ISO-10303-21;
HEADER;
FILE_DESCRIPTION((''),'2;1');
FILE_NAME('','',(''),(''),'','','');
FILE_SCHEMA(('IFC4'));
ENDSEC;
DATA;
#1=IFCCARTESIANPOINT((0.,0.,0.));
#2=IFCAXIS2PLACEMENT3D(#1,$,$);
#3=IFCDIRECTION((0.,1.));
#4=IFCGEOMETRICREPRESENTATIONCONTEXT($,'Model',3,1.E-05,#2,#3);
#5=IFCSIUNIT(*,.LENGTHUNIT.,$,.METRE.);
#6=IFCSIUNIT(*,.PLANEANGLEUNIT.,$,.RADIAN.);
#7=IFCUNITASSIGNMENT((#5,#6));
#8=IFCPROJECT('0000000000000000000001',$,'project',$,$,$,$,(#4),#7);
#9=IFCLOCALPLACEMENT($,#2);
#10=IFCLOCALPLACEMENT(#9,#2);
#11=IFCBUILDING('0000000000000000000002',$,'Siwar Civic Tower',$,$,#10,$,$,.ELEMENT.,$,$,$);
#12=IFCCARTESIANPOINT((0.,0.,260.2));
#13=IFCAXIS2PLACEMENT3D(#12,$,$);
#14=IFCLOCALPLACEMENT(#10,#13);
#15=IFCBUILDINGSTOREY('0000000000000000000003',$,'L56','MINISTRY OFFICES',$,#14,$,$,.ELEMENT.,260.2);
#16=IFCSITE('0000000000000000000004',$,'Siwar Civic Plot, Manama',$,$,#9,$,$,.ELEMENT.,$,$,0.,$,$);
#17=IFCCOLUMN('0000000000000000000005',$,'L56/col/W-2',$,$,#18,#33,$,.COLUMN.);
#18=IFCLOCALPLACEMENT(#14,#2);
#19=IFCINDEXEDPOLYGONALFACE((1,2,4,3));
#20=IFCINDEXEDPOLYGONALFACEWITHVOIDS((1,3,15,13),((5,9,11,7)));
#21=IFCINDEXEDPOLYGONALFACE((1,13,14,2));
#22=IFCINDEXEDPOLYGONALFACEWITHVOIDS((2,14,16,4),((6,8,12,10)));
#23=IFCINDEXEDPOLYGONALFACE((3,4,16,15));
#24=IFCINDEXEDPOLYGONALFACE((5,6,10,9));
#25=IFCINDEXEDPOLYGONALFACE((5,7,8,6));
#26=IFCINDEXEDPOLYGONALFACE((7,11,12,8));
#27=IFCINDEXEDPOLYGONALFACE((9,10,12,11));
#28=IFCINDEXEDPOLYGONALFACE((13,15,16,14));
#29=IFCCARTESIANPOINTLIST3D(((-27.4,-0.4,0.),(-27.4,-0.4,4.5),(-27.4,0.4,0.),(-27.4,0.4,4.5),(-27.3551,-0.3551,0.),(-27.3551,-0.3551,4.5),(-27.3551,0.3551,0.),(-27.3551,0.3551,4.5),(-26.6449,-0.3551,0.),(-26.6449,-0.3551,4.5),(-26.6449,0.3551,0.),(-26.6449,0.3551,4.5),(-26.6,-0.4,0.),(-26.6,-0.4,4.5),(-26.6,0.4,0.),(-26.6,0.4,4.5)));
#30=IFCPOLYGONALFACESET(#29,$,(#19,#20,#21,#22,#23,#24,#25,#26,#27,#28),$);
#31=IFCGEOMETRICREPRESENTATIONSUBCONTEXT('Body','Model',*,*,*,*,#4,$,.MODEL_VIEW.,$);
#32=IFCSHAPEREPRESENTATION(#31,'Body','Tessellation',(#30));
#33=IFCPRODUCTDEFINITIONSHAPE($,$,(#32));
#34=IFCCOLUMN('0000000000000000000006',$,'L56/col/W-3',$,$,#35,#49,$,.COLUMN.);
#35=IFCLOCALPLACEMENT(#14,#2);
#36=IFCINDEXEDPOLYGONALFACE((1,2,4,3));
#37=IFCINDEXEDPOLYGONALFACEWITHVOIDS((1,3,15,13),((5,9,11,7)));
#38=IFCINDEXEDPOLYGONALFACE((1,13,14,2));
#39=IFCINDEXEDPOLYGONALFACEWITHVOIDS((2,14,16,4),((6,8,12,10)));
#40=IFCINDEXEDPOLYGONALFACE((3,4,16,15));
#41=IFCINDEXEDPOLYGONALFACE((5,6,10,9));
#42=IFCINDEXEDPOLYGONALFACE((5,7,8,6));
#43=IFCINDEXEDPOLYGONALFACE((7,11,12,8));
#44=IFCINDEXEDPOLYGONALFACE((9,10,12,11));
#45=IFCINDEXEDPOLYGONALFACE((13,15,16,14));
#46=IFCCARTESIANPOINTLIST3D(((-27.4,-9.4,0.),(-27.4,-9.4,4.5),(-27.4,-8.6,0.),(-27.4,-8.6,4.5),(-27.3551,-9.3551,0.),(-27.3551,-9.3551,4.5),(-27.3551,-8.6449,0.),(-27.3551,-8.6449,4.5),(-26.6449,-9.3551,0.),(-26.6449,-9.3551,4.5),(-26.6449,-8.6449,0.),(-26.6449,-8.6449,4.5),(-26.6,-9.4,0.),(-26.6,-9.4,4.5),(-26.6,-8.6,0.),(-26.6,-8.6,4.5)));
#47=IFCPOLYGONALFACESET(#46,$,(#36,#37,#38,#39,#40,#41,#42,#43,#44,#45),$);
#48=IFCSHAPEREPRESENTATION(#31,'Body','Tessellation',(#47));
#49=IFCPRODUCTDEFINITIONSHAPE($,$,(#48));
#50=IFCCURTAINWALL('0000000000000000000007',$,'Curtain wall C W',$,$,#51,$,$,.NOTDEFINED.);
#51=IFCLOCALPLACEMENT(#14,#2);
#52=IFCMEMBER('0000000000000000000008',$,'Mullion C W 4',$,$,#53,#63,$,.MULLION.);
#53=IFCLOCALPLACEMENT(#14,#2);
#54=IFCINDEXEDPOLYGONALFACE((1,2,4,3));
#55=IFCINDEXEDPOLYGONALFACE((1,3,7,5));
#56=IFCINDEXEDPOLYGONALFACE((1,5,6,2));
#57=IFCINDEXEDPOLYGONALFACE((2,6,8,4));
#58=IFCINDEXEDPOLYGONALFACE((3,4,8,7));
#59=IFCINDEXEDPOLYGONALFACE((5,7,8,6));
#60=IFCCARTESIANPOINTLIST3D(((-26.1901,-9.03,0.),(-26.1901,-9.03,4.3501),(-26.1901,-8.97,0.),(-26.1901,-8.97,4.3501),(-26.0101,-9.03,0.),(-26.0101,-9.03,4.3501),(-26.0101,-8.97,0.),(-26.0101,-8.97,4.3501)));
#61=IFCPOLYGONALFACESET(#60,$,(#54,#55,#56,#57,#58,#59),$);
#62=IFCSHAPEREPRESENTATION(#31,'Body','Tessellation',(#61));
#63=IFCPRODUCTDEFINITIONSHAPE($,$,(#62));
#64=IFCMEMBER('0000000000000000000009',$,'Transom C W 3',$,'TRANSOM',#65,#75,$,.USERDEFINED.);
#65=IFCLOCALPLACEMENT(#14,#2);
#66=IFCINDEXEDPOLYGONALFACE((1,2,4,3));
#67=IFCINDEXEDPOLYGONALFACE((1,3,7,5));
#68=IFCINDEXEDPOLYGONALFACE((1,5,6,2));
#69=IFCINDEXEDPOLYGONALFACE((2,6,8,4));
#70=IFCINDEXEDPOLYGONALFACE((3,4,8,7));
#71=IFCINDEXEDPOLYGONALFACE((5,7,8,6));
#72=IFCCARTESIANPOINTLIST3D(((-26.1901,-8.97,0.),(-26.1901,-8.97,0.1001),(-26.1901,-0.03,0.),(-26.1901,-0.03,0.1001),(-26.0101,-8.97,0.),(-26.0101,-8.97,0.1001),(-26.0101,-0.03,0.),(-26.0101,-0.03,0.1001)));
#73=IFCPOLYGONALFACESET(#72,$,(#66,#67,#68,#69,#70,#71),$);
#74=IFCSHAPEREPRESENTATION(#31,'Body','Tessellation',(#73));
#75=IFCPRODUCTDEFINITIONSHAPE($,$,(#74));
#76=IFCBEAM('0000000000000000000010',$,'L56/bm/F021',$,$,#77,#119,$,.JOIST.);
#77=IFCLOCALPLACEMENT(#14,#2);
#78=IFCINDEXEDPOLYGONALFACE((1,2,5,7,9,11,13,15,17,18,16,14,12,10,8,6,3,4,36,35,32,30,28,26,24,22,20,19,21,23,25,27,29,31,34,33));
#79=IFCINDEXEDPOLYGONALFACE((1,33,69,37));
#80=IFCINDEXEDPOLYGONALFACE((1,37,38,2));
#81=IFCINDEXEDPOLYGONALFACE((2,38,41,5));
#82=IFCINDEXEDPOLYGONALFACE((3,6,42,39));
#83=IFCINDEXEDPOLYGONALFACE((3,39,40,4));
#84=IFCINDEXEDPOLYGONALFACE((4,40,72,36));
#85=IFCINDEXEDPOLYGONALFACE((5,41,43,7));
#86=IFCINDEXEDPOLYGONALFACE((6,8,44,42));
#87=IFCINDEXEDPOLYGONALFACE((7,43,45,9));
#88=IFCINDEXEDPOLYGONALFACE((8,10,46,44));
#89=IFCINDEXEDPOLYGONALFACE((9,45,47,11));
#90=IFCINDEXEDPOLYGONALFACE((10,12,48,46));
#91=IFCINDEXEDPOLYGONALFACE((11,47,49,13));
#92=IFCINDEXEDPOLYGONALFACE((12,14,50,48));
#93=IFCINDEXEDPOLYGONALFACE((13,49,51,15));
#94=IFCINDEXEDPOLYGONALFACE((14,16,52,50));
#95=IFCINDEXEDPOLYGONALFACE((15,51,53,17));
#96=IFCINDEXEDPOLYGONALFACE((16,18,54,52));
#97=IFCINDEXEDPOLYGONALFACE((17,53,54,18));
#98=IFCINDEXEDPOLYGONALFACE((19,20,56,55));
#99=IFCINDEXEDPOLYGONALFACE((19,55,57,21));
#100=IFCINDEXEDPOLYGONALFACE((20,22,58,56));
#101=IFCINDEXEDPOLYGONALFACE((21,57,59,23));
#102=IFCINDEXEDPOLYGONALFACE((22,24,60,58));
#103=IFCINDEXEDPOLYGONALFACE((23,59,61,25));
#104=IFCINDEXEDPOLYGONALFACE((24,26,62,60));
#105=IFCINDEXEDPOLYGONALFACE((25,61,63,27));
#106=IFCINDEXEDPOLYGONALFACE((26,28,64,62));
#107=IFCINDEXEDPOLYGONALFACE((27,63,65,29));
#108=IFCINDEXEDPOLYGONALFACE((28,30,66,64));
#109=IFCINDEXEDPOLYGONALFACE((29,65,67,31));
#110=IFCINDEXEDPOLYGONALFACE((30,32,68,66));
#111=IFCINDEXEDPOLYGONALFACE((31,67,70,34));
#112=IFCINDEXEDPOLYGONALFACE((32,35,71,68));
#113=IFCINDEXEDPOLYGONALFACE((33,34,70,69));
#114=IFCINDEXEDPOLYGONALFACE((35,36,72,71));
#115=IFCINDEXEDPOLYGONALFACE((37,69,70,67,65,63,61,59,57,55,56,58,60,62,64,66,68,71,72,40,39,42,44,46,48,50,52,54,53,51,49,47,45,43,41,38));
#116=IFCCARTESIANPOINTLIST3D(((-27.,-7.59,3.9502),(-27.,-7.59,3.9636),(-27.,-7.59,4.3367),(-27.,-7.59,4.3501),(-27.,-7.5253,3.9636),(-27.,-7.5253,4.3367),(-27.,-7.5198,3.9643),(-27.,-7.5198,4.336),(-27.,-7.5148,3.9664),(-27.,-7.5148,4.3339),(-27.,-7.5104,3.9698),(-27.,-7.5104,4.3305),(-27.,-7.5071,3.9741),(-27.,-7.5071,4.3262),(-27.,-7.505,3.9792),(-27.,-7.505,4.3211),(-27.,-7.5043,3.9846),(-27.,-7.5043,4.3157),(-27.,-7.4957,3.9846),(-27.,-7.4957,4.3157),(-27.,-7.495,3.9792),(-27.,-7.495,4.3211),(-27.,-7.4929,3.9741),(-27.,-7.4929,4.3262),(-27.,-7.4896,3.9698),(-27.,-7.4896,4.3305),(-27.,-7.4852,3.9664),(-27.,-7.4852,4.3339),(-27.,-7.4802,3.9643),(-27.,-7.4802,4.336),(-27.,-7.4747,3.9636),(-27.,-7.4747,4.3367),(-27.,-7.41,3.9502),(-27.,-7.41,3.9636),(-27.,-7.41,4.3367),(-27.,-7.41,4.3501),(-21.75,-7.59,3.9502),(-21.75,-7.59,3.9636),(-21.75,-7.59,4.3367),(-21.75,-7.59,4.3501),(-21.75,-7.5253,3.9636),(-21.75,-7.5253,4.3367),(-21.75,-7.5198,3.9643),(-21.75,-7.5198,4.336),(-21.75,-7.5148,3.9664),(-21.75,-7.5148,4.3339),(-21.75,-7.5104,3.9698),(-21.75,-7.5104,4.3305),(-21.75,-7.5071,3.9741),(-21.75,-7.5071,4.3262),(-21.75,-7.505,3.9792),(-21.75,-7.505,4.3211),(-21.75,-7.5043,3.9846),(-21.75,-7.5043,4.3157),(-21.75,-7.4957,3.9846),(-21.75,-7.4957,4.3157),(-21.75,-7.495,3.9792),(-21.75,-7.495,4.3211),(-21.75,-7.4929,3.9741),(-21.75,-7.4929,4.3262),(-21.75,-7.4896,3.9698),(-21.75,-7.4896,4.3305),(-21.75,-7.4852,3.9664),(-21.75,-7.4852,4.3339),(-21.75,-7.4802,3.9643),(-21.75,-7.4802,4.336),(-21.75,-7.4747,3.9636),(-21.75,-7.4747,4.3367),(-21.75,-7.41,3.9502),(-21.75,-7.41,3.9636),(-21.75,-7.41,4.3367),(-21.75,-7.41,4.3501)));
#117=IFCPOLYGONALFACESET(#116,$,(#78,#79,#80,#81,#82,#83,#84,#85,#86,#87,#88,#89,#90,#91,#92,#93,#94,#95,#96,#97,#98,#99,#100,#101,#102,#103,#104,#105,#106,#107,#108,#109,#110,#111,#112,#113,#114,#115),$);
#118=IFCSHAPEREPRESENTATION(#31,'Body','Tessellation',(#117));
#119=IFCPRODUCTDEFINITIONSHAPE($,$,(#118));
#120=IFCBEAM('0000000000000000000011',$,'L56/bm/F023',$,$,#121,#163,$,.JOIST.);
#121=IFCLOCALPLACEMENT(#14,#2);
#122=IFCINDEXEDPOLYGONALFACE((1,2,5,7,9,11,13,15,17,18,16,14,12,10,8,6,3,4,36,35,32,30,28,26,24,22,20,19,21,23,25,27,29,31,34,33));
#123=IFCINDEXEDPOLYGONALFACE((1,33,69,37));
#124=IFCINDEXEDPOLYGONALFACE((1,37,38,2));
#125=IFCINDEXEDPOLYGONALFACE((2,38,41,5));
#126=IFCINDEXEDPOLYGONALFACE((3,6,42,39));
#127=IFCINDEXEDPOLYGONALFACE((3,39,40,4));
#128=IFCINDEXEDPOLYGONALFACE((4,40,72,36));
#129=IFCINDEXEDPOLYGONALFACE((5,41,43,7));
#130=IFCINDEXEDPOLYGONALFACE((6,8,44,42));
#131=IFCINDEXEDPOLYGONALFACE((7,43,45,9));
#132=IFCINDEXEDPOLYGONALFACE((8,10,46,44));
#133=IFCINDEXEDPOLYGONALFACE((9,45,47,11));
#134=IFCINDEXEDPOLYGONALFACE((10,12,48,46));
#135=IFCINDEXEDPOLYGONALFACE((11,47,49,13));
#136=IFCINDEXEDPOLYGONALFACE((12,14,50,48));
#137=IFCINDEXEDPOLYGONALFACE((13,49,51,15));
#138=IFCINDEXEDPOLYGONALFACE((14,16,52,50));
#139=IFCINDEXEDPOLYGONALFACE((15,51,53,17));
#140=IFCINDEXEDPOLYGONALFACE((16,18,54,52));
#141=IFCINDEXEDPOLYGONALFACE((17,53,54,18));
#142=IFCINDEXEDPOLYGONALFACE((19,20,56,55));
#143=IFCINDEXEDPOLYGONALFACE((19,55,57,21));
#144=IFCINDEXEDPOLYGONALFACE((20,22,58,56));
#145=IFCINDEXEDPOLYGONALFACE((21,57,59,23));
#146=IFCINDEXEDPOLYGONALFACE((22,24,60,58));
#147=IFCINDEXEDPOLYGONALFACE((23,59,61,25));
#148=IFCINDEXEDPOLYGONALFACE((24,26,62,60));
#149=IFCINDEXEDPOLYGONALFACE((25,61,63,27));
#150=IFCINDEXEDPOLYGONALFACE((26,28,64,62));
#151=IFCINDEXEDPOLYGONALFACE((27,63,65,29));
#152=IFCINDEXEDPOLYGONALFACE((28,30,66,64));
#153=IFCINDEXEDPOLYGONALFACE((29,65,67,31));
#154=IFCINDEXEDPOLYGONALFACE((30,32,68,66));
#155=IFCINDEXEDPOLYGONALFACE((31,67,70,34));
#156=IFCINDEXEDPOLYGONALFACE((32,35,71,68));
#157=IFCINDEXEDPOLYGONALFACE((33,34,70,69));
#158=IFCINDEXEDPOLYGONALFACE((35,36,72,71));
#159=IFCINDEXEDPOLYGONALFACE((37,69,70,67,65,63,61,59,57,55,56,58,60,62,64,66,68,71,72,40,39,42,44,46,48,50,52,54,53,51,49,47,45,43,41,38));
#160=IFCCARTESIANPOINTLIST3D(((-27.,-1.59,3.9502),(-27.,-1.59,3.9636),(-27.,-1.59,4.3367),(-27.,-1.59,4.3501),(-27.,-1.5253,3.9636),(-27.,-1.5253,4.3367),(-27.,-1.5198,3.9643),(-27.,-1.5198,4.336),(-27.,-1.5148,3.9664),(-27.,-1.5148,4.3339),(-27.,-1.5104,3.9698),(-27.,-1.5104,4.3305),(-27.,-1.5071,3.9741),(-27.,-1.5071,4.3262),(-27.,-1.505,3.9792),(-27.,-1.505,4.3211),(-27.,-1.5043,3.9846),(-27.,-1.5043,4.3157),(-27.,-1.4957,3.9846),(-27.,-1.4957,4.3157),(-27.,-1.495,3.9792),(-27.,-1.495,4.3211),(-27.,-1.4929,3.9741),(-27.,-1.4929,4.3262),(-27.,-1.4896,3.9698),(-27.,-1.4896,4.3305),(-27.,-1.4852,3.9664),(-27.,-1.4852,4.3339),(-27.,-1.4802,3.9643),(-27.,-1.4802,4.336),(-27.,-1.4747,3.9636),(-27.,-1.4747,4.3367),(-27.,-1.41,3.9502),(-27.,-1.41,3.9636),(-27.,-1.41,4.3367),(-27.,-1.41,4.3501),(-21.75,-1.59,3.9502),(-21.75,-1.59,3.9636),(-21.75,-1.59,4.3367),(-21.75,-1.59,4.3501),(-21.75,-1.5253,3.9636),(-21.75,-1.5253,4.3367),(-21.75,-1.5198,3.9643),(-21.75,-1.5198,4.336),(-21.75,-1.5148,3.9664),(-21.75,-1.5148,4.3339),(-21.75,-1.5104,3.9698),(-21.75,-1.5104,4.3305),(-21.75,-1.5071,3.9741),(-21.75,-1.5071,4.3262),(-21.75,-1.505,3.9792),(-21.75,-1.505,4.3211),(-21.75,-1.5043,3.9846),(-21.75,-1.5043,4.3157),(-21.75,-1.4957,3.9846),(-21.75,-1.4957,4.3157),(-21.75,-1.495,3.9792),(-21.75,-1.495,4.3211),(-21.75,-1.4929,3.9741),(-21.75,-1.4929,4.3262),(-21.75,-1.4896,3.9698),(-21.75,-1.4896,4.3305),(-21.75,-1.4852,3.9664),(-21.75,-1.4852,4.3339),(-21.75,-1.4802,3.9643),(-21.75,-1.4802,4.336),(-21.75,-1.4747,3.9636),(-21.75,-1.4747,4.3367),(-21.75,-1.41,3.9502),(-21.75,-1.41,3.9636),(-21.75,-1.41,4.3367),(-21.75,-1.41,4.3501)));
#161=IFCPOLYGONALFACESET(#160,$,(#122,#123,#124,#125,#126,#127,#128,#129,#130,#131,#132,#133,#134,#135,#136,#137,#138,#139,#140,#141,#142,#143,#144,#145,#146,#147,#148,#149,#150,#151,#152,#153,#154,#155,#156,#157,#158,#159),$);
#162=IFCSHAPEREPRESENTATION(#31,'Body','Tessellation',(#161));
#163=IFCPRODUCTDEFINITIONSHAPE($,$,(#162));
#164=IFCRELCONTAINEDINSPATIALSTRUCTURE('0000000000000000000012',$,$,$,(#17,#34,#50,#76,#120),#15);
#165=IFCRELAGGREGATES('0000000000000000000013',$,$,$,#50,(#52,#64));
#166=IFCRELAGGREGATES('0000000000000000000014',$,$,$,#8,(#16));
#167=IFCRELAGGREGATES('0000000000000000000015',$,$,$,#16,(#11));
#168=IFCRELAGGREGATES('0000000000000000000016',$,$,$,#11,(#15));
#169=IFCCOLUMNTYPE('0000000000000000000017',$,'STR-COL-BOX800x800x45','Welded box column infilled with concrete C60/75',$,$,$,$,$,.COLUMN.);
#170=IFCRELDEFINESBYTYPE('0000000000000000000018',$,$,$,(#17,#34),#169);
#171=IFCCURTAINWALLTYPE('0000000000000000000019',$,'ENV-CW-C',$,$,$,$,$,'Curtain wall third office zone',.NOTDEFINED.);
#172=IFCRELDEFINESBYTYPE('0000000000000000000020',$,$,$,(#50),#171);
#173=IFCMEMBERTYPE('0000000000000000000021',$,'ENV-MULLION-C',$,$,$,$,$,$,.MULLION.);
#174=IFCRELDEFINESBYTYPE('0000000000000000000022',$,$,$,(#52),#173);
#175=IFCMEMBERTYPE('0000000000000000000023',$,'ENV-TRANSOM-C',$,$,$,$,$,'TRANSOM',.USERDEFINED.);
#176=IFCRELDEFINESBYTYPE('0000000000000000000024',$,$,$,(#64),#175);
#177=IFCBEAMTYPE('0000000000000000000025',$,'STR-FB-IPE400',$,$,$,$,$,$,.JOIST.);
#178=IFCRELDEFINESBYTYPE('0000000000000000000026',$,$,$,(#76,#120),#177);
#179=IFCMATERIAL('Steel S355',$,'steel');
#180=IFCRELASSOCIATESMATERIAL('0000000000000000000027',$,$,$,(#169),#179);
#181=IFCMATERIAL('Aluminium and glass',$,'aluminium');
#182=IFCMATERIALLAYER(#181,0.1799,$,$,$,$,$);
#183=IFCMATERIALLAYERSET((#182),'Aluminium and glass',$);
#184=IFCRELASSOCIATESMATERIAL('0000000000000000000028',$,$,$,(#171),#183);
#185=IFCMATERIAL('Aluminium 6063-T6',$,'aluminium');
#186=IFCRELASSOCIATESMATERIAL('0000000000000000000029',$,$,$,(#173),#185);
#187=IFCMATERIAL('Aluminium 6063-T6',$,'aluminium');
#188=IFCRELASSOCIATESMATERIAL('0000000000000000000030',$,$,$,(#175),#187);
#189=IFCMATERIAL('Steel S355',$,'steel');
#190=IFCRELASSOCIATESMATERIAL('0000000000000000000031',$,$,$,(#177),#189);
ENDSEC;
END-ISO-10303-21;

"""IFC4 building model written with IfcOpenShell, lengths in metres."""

from ifc_helpers import new_model, si_unit, direction, frame, origin, origin_2d, place, context, subcontext, project, spatial, rectangle, hollow_rectangle, i_section, extrude, material, layer, layer_set, material_profile, profile_set, type_object, element, aggregate, save


model = new_model("IFC4")

# Units and contexts
model_context = context("Model", 3, precision=1e-05, world=origin(), true_north=direction((0.0, 1.0)))
body_context = subcontext(model_context, "Body", "Model", "MODEL_VIEW")
ifc_project = project(units=[si_unit("LENGTHUNIT", "METRE"), si_unit("PLANEANGLEUNIT", "RADIAN")], contexts=[model_context])

# Site, building, storey
site_placement = place(None, origin())
site = spatial("IfcSite", under=ifc_project, at=site_placement, Name="Siwar Civic Plot, Manama", CompositionType="ELEMENT", RefElevation=0.0)
building_placement = place(site_placement, origin())
building = spatial("IfcBuilding", under=site, at=building_placement, Name="Siwar Civic Tower", CompositionType="ELEMENT")
storey_placement = place(building_placement, frame((0.0, 0.0, 260.2)))
storey = spatial("IfcBuildingStorey", under=building, at=storey_placement, Name="L56", Description="MINISTRY OFFICES", CompositionType="ELEMENT", Elevation=260.2)

# Columns
ifc_material_1 = material(Name="Steel S355", Category="steel")
ifc_material_profile_1 = material_profile(ifc_material_1, hollow_rectangle(XDim=0.8, YDim=0.8, WallThickness=0.0449, at=origin_2d()), Name="BOX800x800x45")
ifc_profile_set_1 = profile_set([ifc_material_profile_1], Name="Steel S355")
column_type = type_object("IfcColumnType", Name="STR-COL-BOX800x800x45", Description="Welded box column infilled with concrete C60/75", PredefinedType="COLUMN", material=ifc_profile_set_1)
for number, where, z_axis, x_axis, name in (
    (1, (-27.0, 0.0, 0.0), (0.0, 0.0, 1.0), (1.0, 0.0, 0.0), "L56/col/W-2"),
    (2, (-27.0, -9.0, 0.0), (0.0, 0.0, 1.0), (1.0, 0.0, 0.0), "L56/col/W-3"),
):
    element("IfcColumn", number, at=place(storey_placement, frame(where, z_axis=z_axis, x_axis=x_axis)), inside=storey, type_object=column_type, Name=name, PredefinedType="COLUMN", context=body_context, shape_type="SweptSolid", body=[
        extrude(hollow_rectangle(XDim=0.8, YDim=0.8, WallThickness=0.0449, at=origin_2d()), origin(), (0.0, 0.0, 1.0), 4.5),
    ])

# Curtain wall, members
ifc_material_2 = material(Name="Aluminium and glass", Category="aluminium")
ifc_layer_1 = layer(ifc_material_2, 0.1799)
ifc_layer_set_1 = layer_set([ifc_layer_1], Name="Aluminium and glass")
curtain_wall_type = type_object("IfcCurtainWallType", Name="ENV-CW-C", ElementType="Curtain wall third office zone", PredefinedType="NOTDEFINED", material=ifc_layer_set_1)
curtain_wall_placement = place(storey_placement, origin())
curtain_wall = element("IfcCurtainWall", 3, at=curtain_wall_placement, inside=storey, type_object=curtain_wall_type, Name="Curtain wall C W", PredefinedType="NOTDEFINED")
ifc_material_3 = material(Name="Aluminium 6063-T6", Category="aluminium")
ifc_material_profile_2 = material_profile(ifc_material_3, rectangle(XDim=0.1799, YDim=0.0601, at=origin_2d()), Name="AL 180x60")
ifc_profile_set_2 = profile_set([ifc_material_profile_2], Name="Aluminium 6063-T6")
member_type_1 = type_object("IfcMemberType", Name="ENV-MULLION-C", PredefinedType="MULLION", material=ifc_profile_set_2)
member_1_placement = place(storey_placement, frame((-26.1001, -9.0, 0.0), z_axis=(0.0, 0.0, 1.0), x_axis=(1.0, 0.0, 0.0)))
member_1 = element("IfcMember", 4, at=member_1_placement, type_object=member_type_1, Name="Mullion C W 4", PredefinedType="MULLION", context=body_context, shape_type="SweptSolid", body=[
    extrude(rectangle(XDim=0.1799, YDim=0.0601, at=origin_2d()), origin(), (0.0, 0.0, 1.0), 4.3501),
])
ifc_material_4 = material(Name="Aluminium 6063-T6", Category="aluminium")
ifc_material_profile_3 = material_profile(ifc_material_4, rectangle(XDim=0.1799, YDim=0.1001, at=origin_2d()), Name="AL 180x100")
ifc_profile_set_3 = profile_set([ifc_material_profile_3], Name="Aluminium 6063-T6")
member_type_2 = type_object("IfcMemberType", Name="ENV-TRANSOM-C", ElementType="TRANSOM", PredefinedType="USERDEFINED", material=ifc_profile_set_3)
member_2_placement = place(storey_placement, frame((-26.1001, -0.03, 0.05), z_axis=(0.0, -1.0, 0.0), x_axis=(1.0, 0.0, 0.0)))
member_2 = element("IfcMember", 5, at=member_2_placement, type_object=member_type_2, Name="Transom C W 3", ObjectType="TRANSOM", PredefinedType="USERDEFINED", context=body_context, shape_type="SweptSolid", body=[
    extrude(rectangle(XDim=0.1799, YDim=0.1001, at=origin_2d()), origin(), (0.0, 0.0, 1.0), 8.9399),
])

# Beams
ifc_material_5 = material(Name="Steel S355", Category="steel")
ifc_material_profile_4 = material_profile(ifc_material_5, i_section(OverallWidth=0.1799, OverallDepth=0.3999, WebThickness=0.0085, FlangeThickness=0.0134, FilletRadius=0.021, at=origin_2d()), Name="IPE400")
ifc_profile_set_4 = profile_set([ifc_material_profile_4], Name="Steel S355")
beam_type_1 = type_object("IfcBeamType", Name="STR-FB-IPE400", PredefinedType="JOIST", material=ifc_profile_set_4)
for number, where, z_axis, x_axis, name in (
    (6, (-27.0, -7.5, 4.1501), (1.0, 0.0, 0.0), (0.0, 1.0, 0.0), "L56/bm/F021"),
    (7, (-27.0, -1.5, 4.1501), (1.0, 0.0, 0.0), (0.0, 1.0, 0.0), "L56/bm/F023"),
):
    element("IfcBeam", number, at=place(storey_placement, frame(where, z_axis=z_axis, x_axis=x_axis)), inside=storey, type_object=beam_type_1, Name=name, PredefinedType="JOIST", context=body_context, shape_type="SweptSolid", body=[
        extrude(i_section(OverallWidth=0.1799, OverallDepth=0.3999, WebThickness=0.0085, FlangeThickness=0.0134, FilletRadius=0.021, at=origin_2d()), origin(), (0.0, 0.0, 1.0), 5.25),
    ])

aggregate(curtain_wall, [member_1, member_2])

save(model, "model.ifc")
